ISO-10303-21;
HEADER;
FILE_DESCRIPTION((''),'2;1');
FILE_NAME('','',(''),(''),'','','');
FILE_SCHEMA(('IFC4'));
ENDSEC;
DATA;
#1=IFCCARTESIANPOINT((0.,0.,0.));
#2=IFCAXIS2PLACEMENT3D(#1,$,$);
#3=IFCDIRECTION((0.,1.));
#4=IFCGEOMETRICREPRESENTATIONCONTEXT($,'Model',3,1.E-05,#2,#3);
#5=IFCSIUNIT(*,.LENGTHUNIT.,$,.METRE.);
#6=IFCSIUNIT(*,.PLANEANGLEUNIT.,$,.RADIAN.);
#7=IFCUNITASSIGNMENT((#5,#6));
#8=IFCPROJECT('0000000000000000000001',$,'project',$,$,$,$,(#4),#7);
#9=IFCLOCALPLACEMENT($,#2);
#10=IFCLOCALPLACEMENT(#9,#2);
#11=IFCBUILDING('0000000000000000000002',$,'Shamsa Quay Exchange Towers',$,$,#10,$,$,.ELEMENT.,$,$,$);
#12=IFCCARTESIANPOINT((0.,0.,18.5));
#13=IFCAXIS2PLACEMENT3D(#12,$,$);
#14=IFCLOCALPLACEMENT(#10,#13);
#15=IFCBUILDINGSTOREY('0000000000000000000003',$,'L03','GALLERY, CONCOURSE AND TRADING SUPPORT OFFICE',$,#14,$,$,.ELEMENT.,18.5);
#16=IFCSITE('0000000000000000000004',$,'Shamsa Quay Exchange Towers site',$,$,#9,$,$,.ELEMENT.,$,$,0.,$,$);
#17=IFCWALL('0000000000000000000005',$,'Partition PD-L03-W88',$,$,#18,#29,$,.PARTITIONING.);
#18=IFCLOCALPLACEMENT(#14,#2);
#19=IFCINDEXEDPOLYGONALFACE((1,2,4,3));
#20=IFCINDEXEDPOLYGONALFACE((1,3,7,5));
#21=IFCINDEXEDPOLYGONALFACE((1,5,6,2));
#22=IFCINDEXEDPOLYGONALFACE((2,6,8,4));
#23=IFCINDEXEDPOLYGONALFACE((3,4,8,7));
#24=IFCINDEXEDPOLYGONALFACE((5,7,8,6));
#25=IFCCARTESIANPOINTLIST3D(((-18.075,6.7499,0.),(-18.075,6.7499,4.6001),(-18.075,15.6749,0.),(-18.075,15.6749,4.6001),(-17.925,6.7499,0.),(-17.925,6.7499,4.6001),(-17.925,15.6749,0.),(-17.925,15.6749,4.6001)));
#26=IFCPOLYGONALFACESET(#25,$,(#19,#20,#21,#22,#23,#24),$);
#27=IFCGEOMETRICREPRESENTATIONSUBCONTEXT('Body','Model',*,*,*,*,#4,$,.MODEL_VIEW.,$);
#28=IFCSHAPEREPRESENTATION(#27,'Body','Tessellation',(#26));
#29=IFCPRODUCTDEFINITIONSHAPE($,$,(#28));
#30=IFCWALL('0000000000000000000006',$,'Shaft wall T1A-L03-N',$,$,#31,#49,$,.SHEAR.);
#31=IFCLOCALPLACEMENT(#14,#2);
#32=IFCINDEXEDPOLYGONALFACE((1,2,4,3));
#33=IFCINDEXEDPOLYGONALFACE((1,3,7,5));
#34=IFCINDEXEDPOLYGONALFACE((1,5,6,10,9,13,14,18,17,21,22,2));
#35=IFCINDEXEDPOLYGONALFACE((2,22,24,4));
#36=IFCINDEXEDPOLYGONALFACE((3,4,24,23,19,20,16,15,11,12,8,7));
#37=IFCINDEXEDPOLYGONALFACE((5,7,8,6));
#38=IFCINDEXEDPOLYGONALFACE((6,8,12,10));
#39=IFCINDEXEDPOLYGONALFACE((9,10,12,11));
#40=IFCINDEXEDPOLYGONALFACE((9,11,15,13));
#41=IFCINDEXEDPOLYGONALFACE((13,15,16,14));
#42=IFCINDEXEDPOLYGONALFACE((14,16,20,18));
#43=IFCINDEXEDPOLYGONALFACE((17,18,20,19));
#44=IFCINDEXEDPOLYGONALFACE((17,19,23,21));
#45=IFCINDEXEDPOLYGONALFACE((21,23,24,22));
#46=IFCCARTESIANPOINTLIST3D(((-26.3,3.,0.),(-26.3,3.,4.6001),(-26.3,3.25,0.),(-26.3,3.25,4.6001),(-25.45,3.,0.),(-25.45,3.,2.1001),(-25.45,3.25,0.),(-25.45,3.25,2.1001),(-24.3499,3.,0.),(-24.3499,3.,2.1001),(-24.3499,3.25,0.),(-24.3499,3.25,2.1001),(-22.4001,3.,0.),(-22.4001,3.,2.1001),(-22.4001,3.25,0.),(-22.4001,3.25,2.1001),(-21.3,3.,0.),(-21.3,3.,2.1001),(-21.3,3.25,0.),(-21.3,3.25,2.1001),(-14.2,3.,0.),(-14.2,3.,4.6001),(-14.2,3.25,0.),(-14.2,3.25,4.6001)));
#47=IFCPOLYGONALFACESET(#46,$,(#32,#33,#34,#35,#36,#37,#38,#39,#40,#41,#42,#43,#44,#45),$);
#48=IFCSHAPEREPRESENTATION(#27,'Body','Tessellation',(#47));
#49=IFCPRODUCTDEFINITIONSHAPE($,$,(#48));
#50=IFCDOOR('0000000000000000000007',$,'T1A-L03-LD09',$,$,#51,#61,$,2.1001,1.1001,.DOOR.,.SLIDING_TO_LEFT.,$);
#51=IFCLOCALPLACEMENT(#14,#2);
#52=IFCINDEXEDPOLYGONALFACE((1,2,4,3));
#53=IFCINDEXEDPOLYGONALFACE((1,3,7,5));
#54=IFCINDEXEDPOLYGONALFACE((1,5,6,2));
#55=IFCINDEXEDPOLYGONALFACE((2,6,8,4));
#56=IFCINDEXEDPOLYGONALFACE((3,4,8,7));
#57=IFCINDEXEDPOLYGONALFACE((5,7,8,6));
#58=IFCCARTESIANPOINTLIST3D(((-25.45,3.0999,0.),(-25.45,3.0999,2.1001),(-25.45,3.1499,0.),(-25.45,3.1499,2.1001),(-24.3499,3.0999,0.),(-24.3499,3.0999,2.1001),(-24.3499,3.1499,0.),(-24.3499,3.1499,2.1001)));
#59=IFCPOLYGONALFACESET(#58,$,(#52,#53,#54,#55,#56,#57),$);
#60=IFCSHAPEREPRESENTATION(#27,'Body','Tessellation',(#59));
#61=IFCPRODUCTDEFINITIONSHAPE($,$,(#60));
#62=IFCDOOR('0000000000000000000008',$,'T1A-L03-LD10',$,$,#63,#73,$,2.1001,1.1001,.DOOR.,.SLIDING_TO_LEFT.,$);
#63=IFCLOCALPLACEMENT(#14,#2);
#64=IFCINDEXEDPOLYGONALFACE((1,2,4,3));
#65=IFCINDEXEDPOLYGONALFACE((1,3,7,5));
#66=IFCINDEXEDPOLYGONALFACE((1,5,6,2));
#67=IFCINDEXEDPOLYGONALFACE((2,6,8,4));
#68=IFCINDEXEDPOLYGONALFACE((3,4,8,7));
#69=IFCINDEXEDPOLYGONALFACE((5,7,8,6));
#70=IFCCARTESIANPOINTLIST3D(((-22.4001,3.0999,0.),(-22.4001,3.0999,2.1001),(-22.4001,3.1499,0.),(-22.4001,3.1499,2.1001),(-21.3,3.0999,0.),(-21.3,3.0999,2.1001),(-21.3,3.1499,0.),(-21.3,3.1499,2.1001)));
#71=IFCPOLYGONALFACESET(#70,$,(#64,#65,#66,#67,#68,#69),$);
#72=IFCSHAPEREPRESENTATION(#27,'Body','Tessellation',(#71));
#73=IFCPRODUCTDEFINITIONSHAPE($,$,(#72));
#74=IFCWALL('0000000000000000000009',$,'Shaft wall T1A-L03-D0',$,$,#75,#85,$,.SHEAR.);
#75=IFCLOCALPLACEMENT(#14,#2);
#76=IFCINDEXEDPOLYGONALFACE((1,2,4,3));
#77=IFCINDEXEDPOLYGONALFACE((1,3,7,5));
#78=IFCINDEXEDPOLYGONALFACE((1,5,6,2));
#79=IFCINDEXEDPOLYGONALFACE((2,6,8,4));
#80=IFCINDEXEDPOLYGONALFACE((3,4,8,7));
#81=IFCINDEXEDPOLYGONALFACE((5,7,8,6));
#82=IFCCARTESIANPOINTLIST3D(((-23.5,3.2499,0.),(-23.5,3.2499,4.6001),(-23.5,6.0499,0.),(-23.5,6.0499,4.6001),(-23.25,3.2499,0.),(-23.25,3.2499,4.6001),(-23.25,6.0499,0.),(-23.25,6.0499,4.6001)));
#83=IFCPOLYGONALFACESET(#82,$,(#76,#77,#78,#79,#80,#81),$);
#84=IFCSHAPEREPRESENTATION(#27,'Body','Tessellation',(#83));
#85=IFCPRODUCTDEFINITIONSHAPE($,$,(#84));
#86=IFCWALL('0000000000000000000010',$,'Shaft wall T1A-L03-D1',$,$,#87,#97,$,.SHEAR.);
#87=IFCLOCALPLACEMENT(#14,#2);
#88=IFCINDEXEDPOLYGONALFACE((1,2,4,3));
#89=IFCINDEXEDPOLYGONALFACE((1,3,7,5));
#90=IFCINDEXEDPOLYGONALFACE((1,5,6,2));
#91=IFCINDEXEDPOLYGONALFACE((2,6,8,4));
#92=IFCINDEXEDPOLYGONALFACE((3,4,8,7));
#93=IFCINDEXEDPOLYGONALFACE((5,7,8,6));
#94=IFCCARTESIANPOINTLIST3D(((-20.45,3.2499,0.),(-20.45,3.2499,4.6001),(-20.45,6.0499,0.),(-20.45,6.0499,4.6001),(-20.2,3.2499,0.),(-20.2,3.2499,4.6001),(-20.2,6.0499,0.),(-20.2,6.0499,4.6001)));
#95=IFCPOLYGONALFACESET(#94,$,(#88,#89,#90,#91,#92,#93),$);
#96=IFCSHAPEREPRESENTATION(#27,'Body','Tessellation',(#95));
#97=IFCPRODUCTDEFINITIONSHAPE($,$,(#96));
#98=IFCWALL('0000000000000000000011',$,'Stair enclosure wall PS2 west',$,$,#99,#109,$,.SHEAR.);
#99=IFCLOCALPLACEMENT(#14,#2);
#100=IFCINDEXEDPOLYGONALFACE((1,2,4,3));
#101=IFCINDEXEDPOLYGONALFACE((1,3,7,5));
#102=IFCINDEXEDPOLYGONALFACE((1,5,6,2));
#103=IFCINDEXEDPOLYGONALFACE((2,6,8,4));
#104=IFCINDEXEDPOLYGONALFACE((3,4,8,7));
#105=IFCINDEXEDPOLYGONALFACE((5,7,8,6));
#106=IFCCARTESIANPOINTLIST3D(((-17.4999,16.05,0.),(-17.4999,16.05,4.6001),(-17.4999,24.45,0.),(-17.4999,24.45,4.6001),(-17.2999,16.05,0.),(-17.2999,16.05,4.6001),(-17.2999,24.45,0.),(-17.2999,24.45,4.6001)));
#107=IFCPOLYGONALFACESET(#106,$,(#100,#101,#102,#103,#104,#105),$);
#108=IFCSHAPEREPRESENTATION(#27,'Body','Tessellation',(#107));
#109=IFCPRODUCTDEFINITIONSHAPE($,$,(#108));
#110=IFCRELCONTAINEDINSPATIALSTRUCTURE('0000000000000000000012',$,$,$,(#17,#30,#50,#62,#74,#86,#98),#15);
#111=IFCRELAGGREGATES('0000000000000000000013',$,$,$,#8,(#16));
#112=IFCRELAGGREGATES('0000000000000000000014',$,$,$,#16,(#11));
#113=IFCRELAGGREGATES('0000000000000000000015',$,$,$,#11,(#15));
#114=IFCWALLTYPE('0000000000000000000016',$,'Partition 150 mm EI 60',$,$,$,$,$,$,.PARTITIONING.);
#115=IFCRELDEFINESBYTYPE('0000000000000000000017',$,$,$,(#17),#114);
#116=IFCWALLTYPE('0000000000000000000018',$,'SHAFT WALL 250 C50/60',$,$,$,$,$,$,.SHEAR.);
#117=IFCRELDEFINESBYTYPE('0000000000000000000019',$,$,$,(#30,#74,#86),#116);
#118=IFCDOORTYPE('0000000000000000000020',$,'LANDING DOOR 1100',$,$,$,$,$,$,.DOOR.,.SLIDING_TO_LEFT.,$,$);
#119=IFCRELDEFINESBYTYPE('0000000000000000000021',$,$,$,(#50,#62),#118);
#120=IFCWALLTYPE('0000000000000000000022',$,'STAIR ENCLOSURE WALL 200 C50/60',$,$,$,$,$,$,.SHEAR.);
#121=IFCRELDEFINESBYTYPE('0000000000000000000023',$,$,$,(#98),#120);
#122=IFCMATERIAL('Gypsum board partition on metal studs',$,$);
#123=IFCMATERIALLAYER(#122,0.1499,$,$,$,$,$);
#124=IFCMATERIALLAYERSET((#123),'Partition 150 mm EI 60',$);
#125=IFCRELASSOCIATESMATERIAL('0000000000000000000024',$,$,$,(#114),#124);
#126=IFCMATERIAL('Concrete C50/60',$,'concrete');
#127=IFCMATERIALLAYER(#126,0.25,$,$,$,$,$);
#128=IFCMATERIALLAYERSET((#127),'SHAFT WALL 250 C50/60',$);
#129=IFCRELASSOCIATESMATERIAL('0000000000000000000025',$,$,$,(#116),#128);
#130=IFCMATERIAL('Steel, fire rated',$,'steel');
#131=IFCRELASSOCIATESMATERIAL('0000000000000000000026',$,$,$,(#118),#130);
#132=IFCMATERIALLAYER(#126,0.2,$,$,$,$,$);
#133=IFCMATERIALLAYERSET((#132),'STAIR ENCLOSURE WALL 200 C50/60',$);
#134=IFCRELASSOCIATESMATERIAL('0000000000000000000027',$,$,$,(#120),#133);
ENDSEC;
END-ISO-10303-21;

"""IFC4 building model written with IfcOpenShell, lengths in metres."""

from ifc_helpers import new_model, si_unit, direction, frame, frame_2d, origin, place, context, subcontext, project, spatial, rectangle, extrude, material, layer, layer_set, type_object, element, fill, save


model = new_model("IFC4")

# Units and contexts
model_context = context("Model", 3, precision=1e-05, world=origin(), true_north=direction((0.0, 1.0)))
body_context = subcontext(model_context, "Body", "Model", "MODEL_VIEW")
ifc_project = project(units=[si_unit("LENGTHUNIT", "METRE"), si_unit("PLANEANGLEUNIT", "RADIAN")], contexts=[model_context])

# Site, building, storey
site_placement = place(None, origin())
site = spatial("IfcSite", under=ifc_project, at=site_placement, Name="Shamsa Quay Exchange Towers site", CompositionType="ELEMENT", RefElevation=0.0)
building_placement = place(site_placement, origin())
building = spatial("IfcBuilding", under=site, at=building_placement, Name="Shamsa Quay Exchange Towers", CompositionType="ELEMENT")
storey_placement = place(building_placement, frame((0.0, 0.0, 18.5)))
storey = spatial("IfcBuildingStorey", under=building, at=storey_placement, Name="L03", Description="GALLERY, CONCOURSE AND TRADING SUPPORT OFFICE", CompositionType="ELEMENT", Elevation=18.5)

# Shared definitions
ifc_material_1 = material(Name="Steel, fire rated", Category="steel")

# Wall
ifc_material_2 = material(Name="Gypsum board partition on metal studs")
ifc_layer_1 = layer(ifc_material_2, 0.1499)
ifc_layer_set_1 = layer_set([ifc_layer_1], Name="Partition 150 mm EI 60")
wall_type_1 = type_object("IfcWallType", Name="Partition 150 mm EI 60", PredefinedType="PARTITIONING", material=ifc_layer_set_1)
wall_1_placement = place(storey_placement, frame((-18.0, 6.75, 0.0), z_axis=(0.0, 0.0, 1.0), x_axis=(0.0, 1.0, 0.0)))
element("IfcWall", 1, at=wall_1_placement, inside=storey, type_object=wall_type_1, Name="Partition PD-L03-W88", PredefinedType="PARTITIONING", context=body_context, shape_type="SweptSolid", body=[
    extrude(rectangle(XDim=8.925, YDim=0.1499, at=frame_2d((4.4624, 0.0))), origin(), (0.0, 0.0, 1.0), 4.6001),
])

# Wall, openings, doors
ifc_material_3 = material(Name="Concrete C50/60", Category="concrete")
ifc_layer_2 = layer(ifc_material_3, 0.25)
ifc_layer_set_2 = layer_set([ifc_layer_2], Name="SHAFT WALL 250 C50/60")
wall_type_2 = type_object("IfcWallType", Name="SHAFT WALL 250 C50/60", PredefinedType="SHEAR", material=ifc_layer_set_2)
wall_2_placement = place(storey_placement, frame((-26.3, 3.125, 0.0)))
wall_2 = element("IfcWall", 2, at=wall_2_placement, inside=storey, type_object=wall_type_2, Name="Shaft wall T1A-L03-N", PredefinedType="SHEAR", context=body_context, shape_type="SweptSolid", body=[
    extrude(rectangle(XDim=12.1001, YDim=0.25, at=frame_2d((6.05, 0.0))), origin(), (0.0, 0.0, 1.0), 4.6001),
])
opening_1_placement = place(wall_2_placement, frame((0.8501, 0.0, 0.0)))
opening_1 = element("IfcOpeningElement", 3, at=opening_1_placement, cuts=wall_2, PredefinedType="OPENING", context=body_context, shape_type="SweptSolid", body=[
    extrude(rectangle(XDim=1.1001, YDim=2.1001, at=frame_2d((0.55, 1.05))), frame((0.0, 0.135, 0.0), z_axis=(0.0, -1.0, 0.0), x_axis=(1.0, 0.0, 0.0)), (0.0, 0.0, 1.0), 0.27),
])
opening_2_placement = place(wall_2_placement, frame((3.8999, 0.0, 0.0)))
opening_2 = element("IfcOpeningElement", 4, at=opening_2_placement, cuts=wall_2, PredefinedType="OPENING", context=body_context, shape_type="SweptSolid", body=[
    extrude(rectangle(XDim=1.1001, YDim=2.1001, at=frame_2d((0.55, 1.05))), frame((0.0, 0.135, 0.0), z_axis=(0.0, -1.0, 0.0), x_axis=(1.0, 0.0, 0.0)), (0.0, 0.0, 1.0), 0.27),
])
door_type_1 = type_object("IfcDoorType", Name="LANDING DOOR 1100", OperationType="SLIDING_TO_LEFT", PredefinedType="DOOR", material=ifc_material_1)
door_1_placement = place(opening_1_placement, origin())
door_1 = element("IfcDoor", 5, at=door_1_placement, inside=storey, type_object=door_type_1, Name="T1A-L03-LD09", OperationType="SLIDING_TO_LEFT", OverallHeight=2.1001, OverallWidth=1.1001, PredefinedType="DOOR", context=body_context, shape_type="SweptSolid", body=[
    extrude(rectangle(XDim=1.1001, YDim=2.1001, at=frame_2d((0.55, 1.05))), frame((0.0, 0.0249, 0.0), z_axis=(0.0, -1.0, 0.0), x_axis=(1.0, 0.0, 0.0)), (0.0, 0.0, 1.0), 0.05),
])
fill(opening_1, door_1)
door_2_placement = place(opening_2_placement, origin())
door_2 = element("IfcDoor", 6, at=door_2_placement, inside=storey, type_object=door_type_1, Name="T1A-L03-LD10", OperationType="SLIDING_TO_LEFT", OverallHeight=2.1001, OverallWidth=1.1001, PredefinedType="DOOR", context=body_context, shape_type="SweptSolid", body=[
    extrude(rectangle(XDim=1.1001, YDim=2.1001, at=frame_2d((0.55, 1.05))), frame((0.0, 0.0249, 0.0), z_axis=(0.0, -1.0, 0.0), x_axis=(1.0, 0.0, 0.0)), (0.0, 0.0, 1.0), 0.05),
])
fill(opening_2, door_2)

# Walls
for number, where, z_axis, x_axis, name in (
    (7, (-23.375, 3.25, 0.0), (0.0, 0.0, 1.0), (0.0, 1.0, 0.0), "Shaft wall T1A-L03-D0"),
    (8, (-20.325, 3.25, 0.0), (0.0, 0.0, 1.0), (0.0, 1.0, 0.0), "Shaft wall T1A-L03-D1"),
):
    element("IfcWall", number, at=place(storey_placement, frame(where, z_axis=z_axis, x_axis=x_axis)), inside=storey, type_object=wall_type_2, Name=name, PredefinedType="SHEAR", context=body_context, shape_type="SweptSolid", body=[
        extrude(rectangle(XDim=2.8, YDim=0.25, at=frame_2d((1.3999, 0.0))), origin(), (0.0, 0.0, 1.0), 4.6001),
    ])

# Shared definitions
ifc_layer_3 = layer(ifc_material_3, 0.2)
ifc_layer_set_3 = layer_set([ifc_layer_3], Name="STAIR ENCLOSURE WALL 200 C50/60")
wall_type_3 = type_object("IfcWallType", Name="STAIR ENCLOSURE WALL 200 C50/60", PredefinedType="SHEAR", material=ifc_layer_set_3)

# Wall
wall_3_placement = place(storey_placement, frame((-17.3999, 16.05, 0.0), z_axis=(0.0, 0.0, 1.0), x_axis=(0.0, 1.0, 0.0)))
element("IfcWall", 9, at=wall_3_placement, inside=storey, type_object=wall_type_3, Name="Stair enclosure wall PS2 west", PredefinedType="SHEAR", context=body_context, shape_type="SweptSolid", body=[
    extrude(rectangle(XDim=8.3999, YDim=0.2, at=frame_2d((4.2, 0.0))), origin(), (0.0, 0.0, 1.0), 4.6001),
])

save(model, "model.ifc")
